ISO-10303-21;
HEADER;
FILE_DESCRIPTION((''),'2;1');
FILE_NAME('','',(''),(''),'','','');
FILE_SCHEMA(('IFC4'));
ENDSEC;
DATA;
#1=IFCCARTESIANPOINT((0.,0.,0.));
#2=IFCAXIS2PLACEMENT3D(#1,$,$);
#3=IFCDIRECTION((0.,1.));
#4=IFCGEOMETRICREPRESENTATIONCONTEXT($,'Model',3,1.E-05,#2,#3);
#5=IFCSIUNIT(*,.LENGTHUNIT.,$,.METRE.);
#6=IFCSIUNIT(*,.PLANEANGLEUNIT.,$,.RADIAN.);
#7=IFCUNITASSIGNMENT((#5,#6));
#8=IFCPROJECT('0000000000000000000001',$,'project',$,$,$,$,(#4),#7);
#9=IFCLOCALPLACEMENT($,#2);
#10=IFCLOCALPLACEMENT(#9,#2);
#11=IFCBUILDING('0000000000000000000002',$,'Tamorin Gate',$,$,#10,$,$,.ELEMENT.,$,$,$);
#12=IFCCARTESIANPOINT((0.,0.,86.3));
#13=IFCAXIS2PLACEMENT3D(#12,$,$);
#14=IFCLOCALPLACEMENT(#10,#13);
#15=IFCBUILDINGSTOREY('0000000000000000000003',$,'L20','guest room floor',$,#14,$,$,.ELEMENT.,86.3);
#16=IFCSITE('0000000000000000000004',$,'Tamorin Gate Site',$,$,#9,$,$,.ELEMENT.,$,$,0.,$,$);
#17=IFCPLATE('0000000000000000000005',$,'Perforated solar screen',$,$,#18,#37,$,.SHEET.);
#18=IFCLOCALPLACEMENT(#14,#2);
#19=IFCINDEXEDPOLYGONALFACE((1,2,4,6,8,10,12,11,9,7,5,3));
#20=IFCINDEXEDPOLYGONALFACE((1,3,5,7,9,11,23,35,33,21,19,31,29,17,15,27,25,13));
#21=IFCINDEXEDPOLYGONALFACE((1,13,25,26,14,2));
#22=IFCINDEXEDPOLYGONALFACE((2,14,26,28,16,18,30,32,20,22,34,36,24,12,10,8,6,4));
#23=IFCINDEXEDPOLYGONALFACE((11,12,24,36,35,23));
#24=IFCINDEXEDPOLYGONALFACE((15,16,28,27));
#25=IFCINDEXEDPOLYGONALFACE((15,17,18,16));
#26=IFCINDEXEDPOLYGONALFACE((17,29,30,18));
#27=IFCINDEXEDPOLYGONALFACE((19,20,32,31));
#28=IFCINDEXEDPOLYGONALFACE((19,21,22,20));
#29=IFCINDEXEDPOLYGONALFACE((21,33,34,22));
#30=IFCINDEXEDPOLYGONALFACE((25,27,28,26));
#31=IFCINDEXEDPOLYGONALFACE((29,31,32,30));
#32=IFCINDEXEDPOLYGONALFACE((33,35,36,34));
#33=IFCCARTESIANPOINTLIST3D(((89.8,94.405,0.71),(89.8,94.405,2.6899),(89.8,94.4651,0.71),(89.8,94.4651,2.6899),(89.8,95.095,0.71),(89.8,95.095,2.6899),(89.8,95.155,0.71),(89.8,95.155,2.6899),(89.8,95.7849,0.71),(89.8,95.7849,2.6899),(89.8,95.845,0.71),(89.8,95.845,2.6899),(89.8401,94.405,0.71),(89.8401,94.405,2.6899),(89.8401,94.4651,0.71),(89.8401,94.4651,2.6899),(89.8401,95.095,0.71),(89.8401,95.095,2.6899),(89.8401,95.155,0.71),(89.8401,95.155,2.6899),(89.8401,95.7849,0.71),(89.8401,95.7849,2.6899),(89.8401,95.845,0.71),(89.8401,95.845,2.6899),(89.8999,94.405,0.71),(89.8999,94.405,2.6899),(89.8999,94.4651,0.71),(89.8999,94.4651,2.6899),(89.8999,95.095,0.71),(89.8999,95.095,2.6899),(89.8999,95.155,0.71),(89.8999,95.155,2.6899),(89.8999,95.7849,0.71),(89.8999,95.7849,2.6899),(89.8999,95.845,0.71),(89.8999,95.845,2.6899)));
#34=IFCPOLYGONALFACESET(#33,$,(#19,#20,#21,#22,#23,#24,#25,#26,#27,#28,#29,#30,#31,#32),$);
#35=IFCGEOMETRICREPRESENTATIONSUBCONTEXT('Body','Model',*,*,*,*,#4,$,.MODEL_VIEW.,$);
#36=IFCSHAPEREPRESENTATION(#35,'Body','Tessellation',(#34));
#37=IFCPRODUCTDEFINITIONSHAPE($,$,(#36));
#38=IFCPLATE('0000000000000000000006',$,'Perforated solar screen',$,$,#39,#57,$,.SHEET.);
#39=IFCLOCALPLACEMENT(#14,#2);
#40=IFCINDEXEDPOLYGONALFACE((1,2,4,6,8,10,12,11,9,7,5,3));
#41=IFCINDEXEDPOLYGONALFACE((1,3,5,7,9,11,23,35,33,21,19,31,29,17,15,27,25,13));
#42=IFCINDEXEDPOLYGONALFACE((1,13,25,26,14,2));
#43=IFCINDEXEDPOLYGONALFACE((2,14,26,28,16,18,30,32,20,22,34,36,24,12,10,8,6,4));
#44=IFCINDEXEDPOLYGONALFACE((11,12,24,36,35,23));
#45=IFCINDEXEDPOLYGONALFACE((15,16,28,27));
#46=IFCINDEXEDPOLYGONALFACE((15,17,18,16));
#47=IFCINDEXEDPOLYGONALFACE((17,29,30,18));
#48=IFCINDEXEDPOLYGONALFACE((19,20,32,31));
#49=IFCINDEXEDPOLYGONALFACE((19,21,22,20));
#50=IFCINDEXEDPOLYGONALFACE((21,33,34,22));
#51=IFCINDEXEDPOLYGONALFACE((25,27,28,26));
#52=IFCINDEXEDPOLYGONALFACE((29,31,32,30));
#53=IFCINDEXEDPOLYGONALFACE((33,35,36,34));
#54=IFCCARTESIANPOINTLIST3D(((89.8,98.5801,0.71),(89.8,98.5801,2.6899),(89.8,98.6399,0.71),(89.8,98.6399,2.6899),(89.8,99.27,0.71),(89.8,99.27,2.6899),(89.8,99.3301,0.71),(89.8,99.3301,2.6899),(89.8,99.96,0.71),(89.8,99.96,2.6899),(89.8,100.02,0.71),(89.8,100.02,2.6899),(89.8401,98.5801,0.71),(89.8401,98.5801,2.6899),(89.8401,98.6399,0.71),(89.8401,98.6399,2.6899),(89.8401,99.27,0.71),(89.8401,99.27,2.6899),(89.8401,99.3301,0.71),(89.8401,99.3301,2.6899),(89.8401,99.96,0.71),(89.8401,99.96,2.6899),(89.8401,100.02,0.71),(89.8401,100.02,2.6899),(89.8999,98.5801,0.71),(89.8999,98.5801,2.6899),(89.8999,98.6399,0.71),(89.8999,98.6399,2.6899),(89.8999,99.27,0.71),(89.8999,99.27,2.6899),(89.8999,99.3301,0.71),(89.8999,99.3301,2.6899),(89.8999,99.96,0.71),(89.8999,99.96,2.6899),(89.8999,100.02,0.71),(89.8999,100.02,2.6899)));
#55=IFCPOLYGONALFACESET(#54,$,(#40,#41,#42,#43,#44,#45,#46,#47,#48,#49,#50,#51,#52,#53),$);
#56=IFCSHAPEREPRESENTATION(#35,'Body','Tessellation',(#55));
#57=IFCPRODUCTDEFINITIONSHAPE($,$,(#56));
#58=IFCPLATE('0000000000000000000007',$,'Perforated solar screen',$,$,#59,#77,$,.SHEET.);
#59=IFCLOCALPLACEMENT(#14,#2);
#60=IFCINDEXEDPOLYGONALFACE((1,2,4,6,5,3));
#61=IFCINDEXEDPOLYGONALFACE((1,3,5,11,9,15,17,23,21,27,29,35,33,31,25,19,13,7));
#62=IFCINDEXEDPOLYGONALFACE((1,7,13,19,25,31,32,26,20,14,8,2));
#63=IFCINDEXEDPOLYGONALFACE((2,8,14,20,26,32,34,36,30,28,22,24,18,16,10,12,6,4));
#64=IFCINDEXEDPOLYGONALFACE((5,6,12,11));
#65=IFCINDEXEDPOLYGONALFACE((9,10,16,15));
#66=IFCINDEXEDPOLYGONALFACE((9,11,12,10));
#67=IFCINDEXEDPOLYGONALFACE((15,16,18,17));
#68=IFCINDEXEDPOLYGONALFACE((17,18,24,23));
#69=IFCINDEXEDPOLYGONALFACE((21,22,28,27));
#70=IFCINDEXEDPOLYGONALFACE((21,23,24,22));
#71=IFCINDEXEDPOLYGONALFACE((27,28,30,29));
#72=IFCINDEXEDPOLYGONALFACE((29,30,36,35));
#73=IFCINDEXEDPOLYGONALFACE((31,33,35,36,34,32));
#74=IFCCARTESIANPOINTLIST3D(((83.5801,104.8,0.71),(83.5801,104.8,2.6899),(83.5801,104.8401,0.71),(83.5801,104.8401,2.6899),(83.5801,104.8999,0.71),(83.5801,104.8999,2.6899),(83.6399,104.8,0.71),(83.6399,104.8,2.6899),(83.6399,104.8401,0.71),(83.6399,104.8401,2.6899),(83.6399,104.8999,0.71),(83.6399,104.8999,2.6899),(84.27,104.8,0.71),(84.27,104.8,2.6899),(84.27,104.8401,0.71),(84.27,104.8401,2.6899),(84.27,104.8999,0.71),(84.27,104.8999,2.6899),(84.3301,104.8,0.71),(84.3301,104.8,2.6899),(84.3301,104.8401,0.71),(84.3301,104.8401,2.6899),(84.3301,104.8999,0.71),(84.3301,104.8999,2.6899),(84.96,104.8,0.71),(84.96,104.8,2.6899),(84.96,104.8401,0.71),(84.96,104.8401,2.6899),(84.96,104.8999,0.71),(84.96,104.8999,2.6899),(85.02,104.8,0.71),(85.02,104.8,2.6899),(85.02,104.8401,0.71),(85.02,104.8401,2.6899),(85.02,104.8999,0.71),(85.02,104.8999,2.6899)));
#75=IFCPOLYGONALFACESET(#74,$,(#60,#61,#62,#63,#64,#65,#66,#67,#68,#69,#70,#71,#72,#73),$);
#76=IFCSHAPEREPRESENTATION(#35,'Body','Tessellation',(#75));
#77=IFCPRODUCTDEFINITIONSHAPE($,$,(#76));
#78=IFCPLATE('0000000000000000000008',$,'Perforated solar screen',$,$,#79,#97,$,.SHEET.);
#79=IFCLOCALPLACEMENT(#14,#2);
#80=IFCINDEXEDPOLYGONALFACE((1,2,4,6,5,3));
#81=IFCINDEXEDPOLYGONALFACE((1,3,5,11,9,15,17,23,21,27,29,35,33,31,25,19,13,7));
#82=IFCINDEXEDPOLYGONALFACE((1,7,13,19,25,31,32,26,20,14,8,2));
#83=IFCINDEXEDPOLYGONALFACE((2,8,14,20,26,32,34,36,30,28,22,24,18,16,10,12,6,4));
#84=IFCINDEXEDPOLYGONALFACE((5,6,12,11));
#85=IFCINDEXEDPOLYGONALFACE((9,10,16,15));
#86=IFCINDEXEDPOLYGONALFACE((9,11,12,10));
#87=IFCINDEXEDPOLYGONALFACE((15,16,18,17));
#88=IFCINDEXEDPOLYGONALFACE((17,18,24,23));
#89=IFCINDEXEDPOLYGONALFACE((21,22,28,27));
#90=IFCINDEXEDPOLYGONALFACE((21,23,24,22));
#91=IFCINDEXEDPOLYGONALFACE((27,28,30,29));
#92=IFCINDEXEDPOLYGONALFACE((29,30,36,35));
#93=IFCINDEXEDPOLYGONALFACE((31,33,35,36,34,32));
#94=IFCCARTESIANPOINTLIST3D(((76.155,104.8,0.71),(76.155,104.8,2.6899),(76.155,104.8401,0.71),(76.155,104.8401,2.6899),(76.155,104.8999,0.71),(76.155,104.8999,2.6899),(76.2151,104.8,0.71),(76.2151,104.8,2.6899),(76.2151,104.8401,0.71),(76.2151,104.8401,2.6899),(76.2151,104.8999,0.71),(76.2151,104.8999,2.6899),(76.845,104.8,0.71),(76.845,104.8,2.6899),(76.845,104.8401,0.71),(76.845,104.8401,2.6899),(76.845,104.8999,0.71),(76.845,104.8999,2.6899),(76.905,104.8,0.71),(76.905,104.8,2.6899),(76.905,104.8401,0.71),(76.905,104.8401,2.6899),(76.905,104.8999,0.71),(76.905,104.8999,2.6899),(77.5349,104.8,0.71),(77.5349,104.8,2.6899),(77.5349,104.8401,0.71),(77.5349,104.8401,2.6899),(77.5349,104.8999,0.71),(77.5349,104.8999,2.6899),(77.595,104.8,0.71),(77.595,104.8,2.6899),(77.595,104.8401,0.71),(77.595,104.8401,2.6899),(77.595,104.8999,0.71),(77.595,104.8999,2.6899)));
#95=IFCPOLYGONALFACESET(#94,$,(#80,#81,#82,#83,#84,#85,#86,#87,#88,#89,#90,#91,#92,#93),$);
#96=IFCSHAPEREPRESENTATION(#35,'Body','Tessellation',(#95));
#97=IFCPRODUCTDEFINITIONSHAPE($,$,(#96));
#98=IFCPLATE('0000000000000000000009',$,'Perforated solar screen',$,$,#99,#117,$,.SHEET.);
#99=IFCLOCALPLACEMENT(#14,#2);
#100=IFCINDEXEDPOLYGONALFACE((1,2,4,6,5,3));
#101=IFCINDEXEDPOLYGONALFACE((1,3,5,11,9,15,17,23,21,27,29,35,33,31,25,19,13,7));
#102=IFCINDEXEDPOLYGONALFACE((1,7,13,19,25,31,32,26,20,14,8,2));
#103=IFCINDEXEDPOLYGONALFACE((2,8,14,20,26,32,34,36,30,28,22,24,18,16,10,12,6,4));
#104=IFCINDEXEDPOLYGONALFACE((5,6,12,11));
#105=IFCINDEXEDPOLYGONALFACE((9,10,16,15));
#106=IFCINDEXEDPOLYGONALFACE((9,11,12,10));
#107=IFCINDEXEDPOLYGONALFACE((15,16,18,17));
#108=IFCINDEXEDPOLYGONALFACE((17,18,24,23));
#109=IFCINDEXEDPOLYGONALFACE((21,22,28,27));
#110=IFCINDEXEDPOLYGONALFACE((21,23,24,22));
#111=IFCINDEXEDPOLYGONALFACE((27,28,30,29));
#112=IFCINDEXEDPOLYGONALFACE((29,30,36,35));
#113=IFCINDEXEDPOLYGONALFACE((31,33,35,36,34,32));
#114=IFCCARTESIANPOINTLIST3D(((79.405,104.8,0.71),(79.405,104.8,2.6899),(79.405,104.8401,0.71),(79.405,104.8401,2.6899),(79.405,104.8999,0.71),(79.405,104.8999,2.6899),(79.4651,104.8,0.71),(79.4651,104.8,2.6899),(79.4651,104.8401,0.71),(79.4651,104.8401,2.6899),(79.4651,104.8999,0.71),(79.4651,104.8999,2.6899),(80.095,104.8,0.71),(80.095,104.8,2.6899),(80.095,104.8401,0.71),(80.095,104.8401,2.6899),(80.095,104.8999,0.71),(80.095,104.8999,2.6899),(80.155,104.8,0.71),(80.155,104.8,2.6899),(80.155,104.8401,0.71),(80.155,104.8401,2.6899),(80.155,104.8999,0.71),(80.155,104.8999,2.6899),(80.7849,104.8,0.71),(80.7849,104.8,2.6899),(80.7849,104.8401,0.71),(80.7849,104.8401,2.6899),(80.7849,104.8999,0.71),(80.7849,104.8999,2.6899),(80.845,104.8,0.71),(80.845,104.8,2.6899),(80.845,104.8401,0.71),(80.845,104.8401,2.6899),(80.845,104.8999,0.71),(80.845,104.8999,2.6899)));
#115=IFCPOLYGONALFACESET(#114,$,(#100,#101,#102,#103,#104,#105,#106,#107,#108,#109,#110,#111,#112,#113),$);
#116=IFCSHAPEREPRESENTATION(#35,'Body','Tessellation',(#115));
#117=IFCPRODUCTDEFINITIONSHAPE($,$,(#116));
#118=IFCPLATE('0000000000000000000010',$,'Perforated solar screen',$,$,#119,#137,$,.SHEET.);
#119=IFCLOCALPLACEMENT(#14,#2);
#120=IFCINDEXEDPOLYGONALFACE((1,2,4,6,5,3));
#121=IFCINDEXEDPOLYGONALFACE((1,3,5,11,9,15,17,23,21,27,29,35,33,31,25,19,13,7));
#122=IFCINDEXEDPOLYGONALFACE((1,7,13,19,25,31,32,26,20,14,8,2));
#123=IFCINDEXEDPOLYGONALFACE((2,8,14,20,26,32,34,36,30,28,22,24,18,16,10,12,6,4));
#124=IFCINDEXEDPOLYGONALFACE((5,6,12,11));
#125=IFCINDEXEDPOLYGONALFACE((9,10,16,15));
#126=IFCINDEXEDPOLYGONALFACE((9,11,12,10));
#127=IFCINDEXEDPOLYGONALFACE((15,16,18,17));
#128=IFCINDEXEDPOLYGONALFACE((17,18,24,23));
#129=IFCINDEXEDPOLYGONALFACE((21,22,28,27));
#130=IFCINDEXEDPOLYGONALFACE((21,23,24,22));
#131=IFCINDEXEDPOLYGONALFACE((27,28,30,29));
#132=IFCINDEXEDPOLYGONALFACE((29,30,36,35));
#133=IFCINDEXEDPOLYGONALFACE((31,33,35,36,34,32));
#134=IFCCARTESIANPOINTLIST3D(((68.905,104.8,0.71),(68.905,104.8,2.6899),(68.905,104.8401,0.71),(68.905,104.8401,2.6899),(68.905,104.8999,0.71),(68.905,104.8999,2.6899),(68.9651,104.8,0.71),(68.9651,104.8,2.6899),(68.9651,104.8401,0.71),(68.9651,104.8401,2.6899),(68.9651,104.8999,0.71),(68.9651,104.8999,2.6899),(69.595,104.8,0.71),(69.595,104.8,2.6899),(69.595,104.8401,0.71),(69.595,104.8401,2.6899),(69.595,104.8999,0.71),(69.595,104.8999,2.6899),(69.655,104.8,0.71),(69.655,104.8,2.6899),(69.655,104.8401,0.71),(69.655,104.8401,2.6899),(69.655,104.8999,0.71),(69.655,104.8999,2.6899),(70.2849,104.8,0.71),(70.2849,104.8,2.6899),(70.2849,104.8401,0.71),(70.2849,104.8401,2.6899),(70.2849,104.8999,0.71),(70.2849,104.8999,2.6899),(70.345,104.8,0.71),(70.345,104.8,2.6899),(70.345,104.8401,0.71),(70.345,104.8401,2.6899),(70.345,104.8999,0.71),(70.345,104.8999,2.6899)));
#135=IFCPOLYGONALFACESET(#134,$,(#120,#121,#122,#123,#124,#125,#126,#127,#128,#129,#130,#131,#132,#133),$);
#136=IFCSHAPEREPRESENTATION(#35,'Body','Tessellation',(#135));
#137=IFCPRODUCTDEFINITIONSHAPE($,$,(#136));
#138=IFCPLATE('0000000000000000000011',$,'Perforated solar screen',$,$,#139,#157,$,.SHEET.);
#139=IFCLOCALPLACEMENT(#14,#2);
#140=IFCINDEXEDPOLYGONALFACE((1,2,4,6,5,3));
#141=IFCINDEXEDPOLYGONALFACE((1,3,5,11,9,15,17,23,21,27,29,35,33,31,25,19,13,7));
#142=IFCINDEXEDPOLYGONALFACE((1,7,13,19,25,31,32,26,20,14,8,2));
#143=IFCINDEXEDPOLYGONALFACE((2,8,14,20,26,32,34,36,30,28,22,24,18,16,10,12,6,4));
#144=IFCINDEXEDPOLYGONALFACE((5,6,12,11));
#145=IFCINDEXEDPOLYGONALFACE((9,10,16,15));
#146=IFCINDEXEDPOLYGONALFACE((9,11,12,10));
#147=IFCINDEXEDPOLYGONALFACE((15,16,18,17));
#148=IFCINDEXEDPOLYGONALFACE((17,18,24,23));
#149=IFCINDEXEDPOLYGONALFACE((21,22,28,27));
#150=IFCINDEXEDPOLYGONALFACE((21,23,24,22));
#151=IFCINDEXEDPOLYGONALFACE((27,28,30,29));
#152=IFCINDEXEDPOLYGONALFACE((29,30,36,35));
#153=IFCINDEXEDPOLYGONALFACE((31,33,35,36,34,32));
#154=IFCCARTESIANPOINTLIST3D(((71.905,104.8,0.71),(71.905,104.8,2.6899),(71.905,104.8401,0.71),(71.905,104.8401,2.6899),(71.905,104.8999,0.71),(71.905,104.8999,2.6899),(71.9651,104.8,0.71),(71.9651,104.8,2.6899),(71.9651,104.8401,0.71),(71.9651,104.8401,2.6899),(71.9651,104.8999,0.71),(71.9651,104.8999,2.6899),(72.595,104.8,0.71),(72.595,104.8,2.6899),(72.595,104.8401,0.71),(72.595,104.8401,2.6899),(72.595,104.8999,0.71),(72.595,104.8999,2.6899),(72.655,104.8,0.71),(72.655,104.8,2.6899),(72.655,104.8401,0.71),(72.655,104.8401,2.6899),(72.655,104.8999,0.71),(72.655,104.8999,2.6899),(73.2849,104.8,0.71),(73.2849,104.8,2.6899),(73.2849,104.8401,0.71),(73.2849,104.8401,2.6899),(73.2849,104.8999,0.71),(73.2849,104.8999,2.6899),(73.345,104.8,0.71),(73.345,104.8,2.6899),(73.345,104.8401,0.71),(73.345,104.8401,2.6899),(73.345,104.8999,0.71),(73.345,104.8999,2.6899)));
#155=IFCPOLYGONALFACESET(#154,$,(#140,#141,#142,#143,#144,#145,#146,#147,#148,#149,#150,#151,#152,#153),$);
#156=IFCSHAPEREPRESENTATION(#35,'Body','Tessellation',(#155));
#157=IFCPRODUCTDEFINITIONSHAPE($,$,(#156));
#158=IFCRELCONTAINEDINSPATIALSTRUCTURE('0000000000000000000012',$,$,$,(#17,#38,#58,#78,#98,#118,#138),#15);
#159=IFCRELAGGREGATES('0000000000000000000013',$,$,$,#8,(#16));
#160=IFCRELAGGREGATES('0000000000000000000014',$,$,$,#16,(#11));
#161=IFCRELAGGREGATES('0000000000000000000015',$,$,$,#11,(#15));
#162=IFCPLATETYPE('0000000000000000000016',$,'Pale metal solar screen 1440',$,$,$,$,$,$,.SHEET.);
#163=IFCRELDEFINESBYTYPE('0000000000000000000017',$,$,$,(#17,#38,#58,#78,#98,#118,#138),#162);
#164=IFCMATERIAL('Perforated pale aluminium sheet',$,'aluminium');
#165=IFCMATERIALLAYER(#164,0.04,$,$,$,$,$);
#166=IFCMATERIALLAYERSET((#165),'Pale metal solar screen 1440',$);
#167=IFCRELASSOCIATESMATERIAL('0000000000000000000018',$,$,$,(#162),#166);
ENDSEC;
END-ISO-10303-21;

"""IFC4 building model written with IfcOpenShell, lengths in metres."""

from ifc_helpers import new_model, si_unit, direction, frame, origin, place, context, subcontext, project, spatial, polyline, outline, extrude, material, layer, layer_set, type_object, element, save


model = new_model("IFC4")

# Units and contexts
model_context = context("Model", 3, precision=1e-05, world=origin(), true_north=direction((0.0, 1.0)))
body_context = subcontext(model_context, "Body", "Model", "MODEL_VIEW")
ifc_project = project(units=[si_unit("LENGTHUNIT", "METRE"), si_unit("PLANEANGLEUNIT", "RADIAN")], contexts=[model_context])

# Site, building, storey
site_placement = place(None, origin())
site = spatial("IfcSite", under=ifc_project, at=site_placement, Name="Tamorin Gate Site", CompositionType="ELEMENT", RefElevation=0.0)
building_placement = place(site_placement, origin())
building = spatial("IfcBuilding", under=site, at=building_placement, Name="Tamorin Gate", CompositionType="ELEMENT")
storey_placement = place(building_placement, frame((0.0, 0.0, 86.3)))
storey = spatial("IfcBuildingStorey", under=building, at=storey_placement, Name="L20", Description="guest room floor", CompositionType="ELEMENT", Elevation=86.3)

# Plates
ifc_material = material(Name="Perforated pale aluminium sheet", Category="aluminium")
ifc_layer = layer(ifc_material, 0.04)
ifc_layer_set = layer_set([ifc_layer], Name="Pale metal solar screen 1440")
plate_type = type_object("IfcPlateType", Name="Pale metal solar screen 1440", PredefinedType="SHEET", material=ifc_layer_set)
plate_1_placement = place(storey_placement, frame((0.0, 0.0, 0.71)))
element("IfcPlate", 1, at=plate_1_placement, inside=storey, type_object=plate_type, Name="Perforated solar screen", PredefinedType="SHEET", context=body_context, shape_type="SweptSolid", body=[
    extrude(outline(polyline([(89.8401, 94.405), (89.8, 94.405), (89.8, 94.4651), (89.8, 95.095), (89.8, 95.155), (89.8, 95.7849), (89.8, 95.845), (89.8401, 95.845), (89.8999, 95.845), (89.8999, 95.7849), (89.8401, 95.7849), (89.8401, 95.155), (89.8999, 95.155), (89.8999, 95.095), (89.8401, 95.095), (89.8401, 94.4651), (89.8999, 94.4651), (89.8999, 94.405), (89.8401, 94.405)])), origin(), (0.0, 0.0, 1.0), 1.98),
])
plate_2_placement = place(storey_placement, frame((0.0, 0.0, 0.71)))
element("IfcPlate", 2, at=plate_2_placement, inside=storey, type_object=plate_type, Name="Perforated solar screen", PredefinedType="SHEET", context=body_context, shape_type="SweptSolid", body=[
    extrude(outline(polyline([(89.8401, 98.5801), (89.8, 98.5801), (89.8, 98.6399), (89.8, 99.27), (89.8, 99.3301), (89.8, 99.96), (89.8, 100.02), (89.8401, 100.02), (89.8999, 100.02), (89.8999, 99.96), (89.8401, 99.96), (89.8401, 99.3301), (89.8999, 99.3301), (89.8999, 99.27), (89.8401, 99.27), (89.8401, 98.6399), (89.8999, 98.6399), (89.8999, 98.5801), (89.8401, 98.5801)])), origin(), (0.0, 0.0, 1.0), 1.98),
])
plate_3_placement = place(storey_placement, frame((0.0, 0.0, 0.71)))
element("IfcPlate", 3, at=plate_3_placement, inside=storey, type_object=plate_type, Name="Perforated solar screen", PredefinedType="SHEET", context=body_context, shape_type="SweptSolid", body=[
    extrude(outline(polyline([(85.02, 104.8401), (85.02, 104.8), (84.96, 104.8), (84.3301, 104.8), (84.27, 104.8), (83.6399, 104.8), (83.5801, 104.8), (83.5801, 104.8401), (83.5801, 104.8999), (83.6399, 104.8999), (83.6399, 104.8401), (84.27, 104.8401), (84.27, 104.8999), (84.3301, 104.8999), (84.3301, 104.8401), (84.96, 104.8401), (84.96, 104.8999), (85.02, 104.8999), (85.02, 104.8401)])), origin(), (0.0, 0.0, 1.0), 1.98),
])
plate_4_placement = place(storey_placement, frame((0.0, 0.0, 0.71)))
element("IfcPlate", 4, at=plate_4_placement, inside=storey, type_object=plate_type, Name="Perforated solar screen", PredefinedType="SHEET", context=body_context, shape_type="SweptSolid", body=[
    extrude(outline(polyline([(77.595, 104.8401), (77.595, 104.8), (77.5349, 104.8), (76.905, 104.8), (76.845, 104.8), (76.2151, 104.8), (76.155, 104.8), (76.155, 104.8401), (76.155, 104.8999), (76.2151, 104.8999), (76.2151, 104.8401), (76.845, 104.8401), (76.845, 104.8999), (76.905, 104.8999), (76.905, 104.8401), (77.5349, 104.8401), (77.5349, 104.8999), (77.595, 104.8999), (77.595, 104.8401)])), origin(), (0.0, 0.0, 1.0), 1.98),
])
plate_5_placement = place(storey_placement, frame((0.0, 0.0, 0.71)))
element("IfcPlate", 5, at=plate_5_placement, inside=storey, type_object=plate_type, Name="Perforated solar screen", PredefinedType="SHEET", context=body_context, shape_type="SweptSolid", body=[
    extrude(outline(polyline([(80.845, 104.8401), (80.845, 104.8), (80.7849, 104.8), (80.155, 104.8), (80.095, 104.8), (79.4651, 104.8), (79.405, 104.8), (79.405, 104.8), (79.405, 104.8401), (79.405, 104.8401), (79.405, 104.8999), (79.4651, 104.8999), (79.4651, 104.8401), (80.095, 104.8401), (80.095, 104.8999), (80.155, 104.8999), (80.155, 104.8401), (80.7849, 104.8401), (80.7849, 104.8999), (80.845, 104.8999), (80.845, 104.8401)])), origin(), (0.0, 0.0, 1.0), 1.98),
])
plate_6_placement = place(storey_placement, frame((0.0, 0.0, 0.71)))
element("IfcPlate", 6, at=plate_6_placement, inside=storey, type_object=plate_type, Name="Perforated solar screen", PredefinedType="SHEET", context=body_context, shape_type="SweptSolid", body=[
    extrude(outline(polyline([(70.345, 104.8401), (70.345, 104.8), (70.2849, 104.8), (69.655, 104.8), (69.595, 104.8), (68.9651, 104.8), (68.905, 104.8), (68.905, 104.8401), (68.905, 104.8999), (68.9651, 104.8999), (68.9651, 104.8401), (69.595, 104.8401), (69.595, 104.8999), (69.655, 104.8999), (69.655, 104.8401), (70.2849, 104.8401), (70.2849, 104.8999), (70.345, 104.8999), (70.345, 104.8401)])), origin(), (0.0, 0.0, 1.0), 1.98),
])
plate_7_placement = place(storey_placement, frame((0.0, 0.0, 0.71)))
element("IfcPlate", 7, at=plate_7_placement, inside=storey, type_object=plate_type, Name="Perforated solar screen", PredefinedType="SHEET", context=body_context, shape_type="SweptSolid", body=[
    extrude(outline(polyline([(73.345, 104.8401), (73.345, 104.8), (73.2849, 104.8), (72.655, 104.8), (72.595, 104.8), (71.9651, 104.8), (71.905, 104.8), (71.905, 104.8401), (71.905, 104.8999), (71.9651, 104.8999), (71.9651, 104.8401), (72.595, 104.8401), (72.595, 104.8999), (72.655, 104.8999), (72.655, 104.8401), (73.2849, 104.8401), (73.2849, 104.8999), (73.345, 104.8999), (73.345, 104.8401)])), origin(), (0.0, 0.0, 1.0), 1.98),
])

save(model, "model.ifc")
